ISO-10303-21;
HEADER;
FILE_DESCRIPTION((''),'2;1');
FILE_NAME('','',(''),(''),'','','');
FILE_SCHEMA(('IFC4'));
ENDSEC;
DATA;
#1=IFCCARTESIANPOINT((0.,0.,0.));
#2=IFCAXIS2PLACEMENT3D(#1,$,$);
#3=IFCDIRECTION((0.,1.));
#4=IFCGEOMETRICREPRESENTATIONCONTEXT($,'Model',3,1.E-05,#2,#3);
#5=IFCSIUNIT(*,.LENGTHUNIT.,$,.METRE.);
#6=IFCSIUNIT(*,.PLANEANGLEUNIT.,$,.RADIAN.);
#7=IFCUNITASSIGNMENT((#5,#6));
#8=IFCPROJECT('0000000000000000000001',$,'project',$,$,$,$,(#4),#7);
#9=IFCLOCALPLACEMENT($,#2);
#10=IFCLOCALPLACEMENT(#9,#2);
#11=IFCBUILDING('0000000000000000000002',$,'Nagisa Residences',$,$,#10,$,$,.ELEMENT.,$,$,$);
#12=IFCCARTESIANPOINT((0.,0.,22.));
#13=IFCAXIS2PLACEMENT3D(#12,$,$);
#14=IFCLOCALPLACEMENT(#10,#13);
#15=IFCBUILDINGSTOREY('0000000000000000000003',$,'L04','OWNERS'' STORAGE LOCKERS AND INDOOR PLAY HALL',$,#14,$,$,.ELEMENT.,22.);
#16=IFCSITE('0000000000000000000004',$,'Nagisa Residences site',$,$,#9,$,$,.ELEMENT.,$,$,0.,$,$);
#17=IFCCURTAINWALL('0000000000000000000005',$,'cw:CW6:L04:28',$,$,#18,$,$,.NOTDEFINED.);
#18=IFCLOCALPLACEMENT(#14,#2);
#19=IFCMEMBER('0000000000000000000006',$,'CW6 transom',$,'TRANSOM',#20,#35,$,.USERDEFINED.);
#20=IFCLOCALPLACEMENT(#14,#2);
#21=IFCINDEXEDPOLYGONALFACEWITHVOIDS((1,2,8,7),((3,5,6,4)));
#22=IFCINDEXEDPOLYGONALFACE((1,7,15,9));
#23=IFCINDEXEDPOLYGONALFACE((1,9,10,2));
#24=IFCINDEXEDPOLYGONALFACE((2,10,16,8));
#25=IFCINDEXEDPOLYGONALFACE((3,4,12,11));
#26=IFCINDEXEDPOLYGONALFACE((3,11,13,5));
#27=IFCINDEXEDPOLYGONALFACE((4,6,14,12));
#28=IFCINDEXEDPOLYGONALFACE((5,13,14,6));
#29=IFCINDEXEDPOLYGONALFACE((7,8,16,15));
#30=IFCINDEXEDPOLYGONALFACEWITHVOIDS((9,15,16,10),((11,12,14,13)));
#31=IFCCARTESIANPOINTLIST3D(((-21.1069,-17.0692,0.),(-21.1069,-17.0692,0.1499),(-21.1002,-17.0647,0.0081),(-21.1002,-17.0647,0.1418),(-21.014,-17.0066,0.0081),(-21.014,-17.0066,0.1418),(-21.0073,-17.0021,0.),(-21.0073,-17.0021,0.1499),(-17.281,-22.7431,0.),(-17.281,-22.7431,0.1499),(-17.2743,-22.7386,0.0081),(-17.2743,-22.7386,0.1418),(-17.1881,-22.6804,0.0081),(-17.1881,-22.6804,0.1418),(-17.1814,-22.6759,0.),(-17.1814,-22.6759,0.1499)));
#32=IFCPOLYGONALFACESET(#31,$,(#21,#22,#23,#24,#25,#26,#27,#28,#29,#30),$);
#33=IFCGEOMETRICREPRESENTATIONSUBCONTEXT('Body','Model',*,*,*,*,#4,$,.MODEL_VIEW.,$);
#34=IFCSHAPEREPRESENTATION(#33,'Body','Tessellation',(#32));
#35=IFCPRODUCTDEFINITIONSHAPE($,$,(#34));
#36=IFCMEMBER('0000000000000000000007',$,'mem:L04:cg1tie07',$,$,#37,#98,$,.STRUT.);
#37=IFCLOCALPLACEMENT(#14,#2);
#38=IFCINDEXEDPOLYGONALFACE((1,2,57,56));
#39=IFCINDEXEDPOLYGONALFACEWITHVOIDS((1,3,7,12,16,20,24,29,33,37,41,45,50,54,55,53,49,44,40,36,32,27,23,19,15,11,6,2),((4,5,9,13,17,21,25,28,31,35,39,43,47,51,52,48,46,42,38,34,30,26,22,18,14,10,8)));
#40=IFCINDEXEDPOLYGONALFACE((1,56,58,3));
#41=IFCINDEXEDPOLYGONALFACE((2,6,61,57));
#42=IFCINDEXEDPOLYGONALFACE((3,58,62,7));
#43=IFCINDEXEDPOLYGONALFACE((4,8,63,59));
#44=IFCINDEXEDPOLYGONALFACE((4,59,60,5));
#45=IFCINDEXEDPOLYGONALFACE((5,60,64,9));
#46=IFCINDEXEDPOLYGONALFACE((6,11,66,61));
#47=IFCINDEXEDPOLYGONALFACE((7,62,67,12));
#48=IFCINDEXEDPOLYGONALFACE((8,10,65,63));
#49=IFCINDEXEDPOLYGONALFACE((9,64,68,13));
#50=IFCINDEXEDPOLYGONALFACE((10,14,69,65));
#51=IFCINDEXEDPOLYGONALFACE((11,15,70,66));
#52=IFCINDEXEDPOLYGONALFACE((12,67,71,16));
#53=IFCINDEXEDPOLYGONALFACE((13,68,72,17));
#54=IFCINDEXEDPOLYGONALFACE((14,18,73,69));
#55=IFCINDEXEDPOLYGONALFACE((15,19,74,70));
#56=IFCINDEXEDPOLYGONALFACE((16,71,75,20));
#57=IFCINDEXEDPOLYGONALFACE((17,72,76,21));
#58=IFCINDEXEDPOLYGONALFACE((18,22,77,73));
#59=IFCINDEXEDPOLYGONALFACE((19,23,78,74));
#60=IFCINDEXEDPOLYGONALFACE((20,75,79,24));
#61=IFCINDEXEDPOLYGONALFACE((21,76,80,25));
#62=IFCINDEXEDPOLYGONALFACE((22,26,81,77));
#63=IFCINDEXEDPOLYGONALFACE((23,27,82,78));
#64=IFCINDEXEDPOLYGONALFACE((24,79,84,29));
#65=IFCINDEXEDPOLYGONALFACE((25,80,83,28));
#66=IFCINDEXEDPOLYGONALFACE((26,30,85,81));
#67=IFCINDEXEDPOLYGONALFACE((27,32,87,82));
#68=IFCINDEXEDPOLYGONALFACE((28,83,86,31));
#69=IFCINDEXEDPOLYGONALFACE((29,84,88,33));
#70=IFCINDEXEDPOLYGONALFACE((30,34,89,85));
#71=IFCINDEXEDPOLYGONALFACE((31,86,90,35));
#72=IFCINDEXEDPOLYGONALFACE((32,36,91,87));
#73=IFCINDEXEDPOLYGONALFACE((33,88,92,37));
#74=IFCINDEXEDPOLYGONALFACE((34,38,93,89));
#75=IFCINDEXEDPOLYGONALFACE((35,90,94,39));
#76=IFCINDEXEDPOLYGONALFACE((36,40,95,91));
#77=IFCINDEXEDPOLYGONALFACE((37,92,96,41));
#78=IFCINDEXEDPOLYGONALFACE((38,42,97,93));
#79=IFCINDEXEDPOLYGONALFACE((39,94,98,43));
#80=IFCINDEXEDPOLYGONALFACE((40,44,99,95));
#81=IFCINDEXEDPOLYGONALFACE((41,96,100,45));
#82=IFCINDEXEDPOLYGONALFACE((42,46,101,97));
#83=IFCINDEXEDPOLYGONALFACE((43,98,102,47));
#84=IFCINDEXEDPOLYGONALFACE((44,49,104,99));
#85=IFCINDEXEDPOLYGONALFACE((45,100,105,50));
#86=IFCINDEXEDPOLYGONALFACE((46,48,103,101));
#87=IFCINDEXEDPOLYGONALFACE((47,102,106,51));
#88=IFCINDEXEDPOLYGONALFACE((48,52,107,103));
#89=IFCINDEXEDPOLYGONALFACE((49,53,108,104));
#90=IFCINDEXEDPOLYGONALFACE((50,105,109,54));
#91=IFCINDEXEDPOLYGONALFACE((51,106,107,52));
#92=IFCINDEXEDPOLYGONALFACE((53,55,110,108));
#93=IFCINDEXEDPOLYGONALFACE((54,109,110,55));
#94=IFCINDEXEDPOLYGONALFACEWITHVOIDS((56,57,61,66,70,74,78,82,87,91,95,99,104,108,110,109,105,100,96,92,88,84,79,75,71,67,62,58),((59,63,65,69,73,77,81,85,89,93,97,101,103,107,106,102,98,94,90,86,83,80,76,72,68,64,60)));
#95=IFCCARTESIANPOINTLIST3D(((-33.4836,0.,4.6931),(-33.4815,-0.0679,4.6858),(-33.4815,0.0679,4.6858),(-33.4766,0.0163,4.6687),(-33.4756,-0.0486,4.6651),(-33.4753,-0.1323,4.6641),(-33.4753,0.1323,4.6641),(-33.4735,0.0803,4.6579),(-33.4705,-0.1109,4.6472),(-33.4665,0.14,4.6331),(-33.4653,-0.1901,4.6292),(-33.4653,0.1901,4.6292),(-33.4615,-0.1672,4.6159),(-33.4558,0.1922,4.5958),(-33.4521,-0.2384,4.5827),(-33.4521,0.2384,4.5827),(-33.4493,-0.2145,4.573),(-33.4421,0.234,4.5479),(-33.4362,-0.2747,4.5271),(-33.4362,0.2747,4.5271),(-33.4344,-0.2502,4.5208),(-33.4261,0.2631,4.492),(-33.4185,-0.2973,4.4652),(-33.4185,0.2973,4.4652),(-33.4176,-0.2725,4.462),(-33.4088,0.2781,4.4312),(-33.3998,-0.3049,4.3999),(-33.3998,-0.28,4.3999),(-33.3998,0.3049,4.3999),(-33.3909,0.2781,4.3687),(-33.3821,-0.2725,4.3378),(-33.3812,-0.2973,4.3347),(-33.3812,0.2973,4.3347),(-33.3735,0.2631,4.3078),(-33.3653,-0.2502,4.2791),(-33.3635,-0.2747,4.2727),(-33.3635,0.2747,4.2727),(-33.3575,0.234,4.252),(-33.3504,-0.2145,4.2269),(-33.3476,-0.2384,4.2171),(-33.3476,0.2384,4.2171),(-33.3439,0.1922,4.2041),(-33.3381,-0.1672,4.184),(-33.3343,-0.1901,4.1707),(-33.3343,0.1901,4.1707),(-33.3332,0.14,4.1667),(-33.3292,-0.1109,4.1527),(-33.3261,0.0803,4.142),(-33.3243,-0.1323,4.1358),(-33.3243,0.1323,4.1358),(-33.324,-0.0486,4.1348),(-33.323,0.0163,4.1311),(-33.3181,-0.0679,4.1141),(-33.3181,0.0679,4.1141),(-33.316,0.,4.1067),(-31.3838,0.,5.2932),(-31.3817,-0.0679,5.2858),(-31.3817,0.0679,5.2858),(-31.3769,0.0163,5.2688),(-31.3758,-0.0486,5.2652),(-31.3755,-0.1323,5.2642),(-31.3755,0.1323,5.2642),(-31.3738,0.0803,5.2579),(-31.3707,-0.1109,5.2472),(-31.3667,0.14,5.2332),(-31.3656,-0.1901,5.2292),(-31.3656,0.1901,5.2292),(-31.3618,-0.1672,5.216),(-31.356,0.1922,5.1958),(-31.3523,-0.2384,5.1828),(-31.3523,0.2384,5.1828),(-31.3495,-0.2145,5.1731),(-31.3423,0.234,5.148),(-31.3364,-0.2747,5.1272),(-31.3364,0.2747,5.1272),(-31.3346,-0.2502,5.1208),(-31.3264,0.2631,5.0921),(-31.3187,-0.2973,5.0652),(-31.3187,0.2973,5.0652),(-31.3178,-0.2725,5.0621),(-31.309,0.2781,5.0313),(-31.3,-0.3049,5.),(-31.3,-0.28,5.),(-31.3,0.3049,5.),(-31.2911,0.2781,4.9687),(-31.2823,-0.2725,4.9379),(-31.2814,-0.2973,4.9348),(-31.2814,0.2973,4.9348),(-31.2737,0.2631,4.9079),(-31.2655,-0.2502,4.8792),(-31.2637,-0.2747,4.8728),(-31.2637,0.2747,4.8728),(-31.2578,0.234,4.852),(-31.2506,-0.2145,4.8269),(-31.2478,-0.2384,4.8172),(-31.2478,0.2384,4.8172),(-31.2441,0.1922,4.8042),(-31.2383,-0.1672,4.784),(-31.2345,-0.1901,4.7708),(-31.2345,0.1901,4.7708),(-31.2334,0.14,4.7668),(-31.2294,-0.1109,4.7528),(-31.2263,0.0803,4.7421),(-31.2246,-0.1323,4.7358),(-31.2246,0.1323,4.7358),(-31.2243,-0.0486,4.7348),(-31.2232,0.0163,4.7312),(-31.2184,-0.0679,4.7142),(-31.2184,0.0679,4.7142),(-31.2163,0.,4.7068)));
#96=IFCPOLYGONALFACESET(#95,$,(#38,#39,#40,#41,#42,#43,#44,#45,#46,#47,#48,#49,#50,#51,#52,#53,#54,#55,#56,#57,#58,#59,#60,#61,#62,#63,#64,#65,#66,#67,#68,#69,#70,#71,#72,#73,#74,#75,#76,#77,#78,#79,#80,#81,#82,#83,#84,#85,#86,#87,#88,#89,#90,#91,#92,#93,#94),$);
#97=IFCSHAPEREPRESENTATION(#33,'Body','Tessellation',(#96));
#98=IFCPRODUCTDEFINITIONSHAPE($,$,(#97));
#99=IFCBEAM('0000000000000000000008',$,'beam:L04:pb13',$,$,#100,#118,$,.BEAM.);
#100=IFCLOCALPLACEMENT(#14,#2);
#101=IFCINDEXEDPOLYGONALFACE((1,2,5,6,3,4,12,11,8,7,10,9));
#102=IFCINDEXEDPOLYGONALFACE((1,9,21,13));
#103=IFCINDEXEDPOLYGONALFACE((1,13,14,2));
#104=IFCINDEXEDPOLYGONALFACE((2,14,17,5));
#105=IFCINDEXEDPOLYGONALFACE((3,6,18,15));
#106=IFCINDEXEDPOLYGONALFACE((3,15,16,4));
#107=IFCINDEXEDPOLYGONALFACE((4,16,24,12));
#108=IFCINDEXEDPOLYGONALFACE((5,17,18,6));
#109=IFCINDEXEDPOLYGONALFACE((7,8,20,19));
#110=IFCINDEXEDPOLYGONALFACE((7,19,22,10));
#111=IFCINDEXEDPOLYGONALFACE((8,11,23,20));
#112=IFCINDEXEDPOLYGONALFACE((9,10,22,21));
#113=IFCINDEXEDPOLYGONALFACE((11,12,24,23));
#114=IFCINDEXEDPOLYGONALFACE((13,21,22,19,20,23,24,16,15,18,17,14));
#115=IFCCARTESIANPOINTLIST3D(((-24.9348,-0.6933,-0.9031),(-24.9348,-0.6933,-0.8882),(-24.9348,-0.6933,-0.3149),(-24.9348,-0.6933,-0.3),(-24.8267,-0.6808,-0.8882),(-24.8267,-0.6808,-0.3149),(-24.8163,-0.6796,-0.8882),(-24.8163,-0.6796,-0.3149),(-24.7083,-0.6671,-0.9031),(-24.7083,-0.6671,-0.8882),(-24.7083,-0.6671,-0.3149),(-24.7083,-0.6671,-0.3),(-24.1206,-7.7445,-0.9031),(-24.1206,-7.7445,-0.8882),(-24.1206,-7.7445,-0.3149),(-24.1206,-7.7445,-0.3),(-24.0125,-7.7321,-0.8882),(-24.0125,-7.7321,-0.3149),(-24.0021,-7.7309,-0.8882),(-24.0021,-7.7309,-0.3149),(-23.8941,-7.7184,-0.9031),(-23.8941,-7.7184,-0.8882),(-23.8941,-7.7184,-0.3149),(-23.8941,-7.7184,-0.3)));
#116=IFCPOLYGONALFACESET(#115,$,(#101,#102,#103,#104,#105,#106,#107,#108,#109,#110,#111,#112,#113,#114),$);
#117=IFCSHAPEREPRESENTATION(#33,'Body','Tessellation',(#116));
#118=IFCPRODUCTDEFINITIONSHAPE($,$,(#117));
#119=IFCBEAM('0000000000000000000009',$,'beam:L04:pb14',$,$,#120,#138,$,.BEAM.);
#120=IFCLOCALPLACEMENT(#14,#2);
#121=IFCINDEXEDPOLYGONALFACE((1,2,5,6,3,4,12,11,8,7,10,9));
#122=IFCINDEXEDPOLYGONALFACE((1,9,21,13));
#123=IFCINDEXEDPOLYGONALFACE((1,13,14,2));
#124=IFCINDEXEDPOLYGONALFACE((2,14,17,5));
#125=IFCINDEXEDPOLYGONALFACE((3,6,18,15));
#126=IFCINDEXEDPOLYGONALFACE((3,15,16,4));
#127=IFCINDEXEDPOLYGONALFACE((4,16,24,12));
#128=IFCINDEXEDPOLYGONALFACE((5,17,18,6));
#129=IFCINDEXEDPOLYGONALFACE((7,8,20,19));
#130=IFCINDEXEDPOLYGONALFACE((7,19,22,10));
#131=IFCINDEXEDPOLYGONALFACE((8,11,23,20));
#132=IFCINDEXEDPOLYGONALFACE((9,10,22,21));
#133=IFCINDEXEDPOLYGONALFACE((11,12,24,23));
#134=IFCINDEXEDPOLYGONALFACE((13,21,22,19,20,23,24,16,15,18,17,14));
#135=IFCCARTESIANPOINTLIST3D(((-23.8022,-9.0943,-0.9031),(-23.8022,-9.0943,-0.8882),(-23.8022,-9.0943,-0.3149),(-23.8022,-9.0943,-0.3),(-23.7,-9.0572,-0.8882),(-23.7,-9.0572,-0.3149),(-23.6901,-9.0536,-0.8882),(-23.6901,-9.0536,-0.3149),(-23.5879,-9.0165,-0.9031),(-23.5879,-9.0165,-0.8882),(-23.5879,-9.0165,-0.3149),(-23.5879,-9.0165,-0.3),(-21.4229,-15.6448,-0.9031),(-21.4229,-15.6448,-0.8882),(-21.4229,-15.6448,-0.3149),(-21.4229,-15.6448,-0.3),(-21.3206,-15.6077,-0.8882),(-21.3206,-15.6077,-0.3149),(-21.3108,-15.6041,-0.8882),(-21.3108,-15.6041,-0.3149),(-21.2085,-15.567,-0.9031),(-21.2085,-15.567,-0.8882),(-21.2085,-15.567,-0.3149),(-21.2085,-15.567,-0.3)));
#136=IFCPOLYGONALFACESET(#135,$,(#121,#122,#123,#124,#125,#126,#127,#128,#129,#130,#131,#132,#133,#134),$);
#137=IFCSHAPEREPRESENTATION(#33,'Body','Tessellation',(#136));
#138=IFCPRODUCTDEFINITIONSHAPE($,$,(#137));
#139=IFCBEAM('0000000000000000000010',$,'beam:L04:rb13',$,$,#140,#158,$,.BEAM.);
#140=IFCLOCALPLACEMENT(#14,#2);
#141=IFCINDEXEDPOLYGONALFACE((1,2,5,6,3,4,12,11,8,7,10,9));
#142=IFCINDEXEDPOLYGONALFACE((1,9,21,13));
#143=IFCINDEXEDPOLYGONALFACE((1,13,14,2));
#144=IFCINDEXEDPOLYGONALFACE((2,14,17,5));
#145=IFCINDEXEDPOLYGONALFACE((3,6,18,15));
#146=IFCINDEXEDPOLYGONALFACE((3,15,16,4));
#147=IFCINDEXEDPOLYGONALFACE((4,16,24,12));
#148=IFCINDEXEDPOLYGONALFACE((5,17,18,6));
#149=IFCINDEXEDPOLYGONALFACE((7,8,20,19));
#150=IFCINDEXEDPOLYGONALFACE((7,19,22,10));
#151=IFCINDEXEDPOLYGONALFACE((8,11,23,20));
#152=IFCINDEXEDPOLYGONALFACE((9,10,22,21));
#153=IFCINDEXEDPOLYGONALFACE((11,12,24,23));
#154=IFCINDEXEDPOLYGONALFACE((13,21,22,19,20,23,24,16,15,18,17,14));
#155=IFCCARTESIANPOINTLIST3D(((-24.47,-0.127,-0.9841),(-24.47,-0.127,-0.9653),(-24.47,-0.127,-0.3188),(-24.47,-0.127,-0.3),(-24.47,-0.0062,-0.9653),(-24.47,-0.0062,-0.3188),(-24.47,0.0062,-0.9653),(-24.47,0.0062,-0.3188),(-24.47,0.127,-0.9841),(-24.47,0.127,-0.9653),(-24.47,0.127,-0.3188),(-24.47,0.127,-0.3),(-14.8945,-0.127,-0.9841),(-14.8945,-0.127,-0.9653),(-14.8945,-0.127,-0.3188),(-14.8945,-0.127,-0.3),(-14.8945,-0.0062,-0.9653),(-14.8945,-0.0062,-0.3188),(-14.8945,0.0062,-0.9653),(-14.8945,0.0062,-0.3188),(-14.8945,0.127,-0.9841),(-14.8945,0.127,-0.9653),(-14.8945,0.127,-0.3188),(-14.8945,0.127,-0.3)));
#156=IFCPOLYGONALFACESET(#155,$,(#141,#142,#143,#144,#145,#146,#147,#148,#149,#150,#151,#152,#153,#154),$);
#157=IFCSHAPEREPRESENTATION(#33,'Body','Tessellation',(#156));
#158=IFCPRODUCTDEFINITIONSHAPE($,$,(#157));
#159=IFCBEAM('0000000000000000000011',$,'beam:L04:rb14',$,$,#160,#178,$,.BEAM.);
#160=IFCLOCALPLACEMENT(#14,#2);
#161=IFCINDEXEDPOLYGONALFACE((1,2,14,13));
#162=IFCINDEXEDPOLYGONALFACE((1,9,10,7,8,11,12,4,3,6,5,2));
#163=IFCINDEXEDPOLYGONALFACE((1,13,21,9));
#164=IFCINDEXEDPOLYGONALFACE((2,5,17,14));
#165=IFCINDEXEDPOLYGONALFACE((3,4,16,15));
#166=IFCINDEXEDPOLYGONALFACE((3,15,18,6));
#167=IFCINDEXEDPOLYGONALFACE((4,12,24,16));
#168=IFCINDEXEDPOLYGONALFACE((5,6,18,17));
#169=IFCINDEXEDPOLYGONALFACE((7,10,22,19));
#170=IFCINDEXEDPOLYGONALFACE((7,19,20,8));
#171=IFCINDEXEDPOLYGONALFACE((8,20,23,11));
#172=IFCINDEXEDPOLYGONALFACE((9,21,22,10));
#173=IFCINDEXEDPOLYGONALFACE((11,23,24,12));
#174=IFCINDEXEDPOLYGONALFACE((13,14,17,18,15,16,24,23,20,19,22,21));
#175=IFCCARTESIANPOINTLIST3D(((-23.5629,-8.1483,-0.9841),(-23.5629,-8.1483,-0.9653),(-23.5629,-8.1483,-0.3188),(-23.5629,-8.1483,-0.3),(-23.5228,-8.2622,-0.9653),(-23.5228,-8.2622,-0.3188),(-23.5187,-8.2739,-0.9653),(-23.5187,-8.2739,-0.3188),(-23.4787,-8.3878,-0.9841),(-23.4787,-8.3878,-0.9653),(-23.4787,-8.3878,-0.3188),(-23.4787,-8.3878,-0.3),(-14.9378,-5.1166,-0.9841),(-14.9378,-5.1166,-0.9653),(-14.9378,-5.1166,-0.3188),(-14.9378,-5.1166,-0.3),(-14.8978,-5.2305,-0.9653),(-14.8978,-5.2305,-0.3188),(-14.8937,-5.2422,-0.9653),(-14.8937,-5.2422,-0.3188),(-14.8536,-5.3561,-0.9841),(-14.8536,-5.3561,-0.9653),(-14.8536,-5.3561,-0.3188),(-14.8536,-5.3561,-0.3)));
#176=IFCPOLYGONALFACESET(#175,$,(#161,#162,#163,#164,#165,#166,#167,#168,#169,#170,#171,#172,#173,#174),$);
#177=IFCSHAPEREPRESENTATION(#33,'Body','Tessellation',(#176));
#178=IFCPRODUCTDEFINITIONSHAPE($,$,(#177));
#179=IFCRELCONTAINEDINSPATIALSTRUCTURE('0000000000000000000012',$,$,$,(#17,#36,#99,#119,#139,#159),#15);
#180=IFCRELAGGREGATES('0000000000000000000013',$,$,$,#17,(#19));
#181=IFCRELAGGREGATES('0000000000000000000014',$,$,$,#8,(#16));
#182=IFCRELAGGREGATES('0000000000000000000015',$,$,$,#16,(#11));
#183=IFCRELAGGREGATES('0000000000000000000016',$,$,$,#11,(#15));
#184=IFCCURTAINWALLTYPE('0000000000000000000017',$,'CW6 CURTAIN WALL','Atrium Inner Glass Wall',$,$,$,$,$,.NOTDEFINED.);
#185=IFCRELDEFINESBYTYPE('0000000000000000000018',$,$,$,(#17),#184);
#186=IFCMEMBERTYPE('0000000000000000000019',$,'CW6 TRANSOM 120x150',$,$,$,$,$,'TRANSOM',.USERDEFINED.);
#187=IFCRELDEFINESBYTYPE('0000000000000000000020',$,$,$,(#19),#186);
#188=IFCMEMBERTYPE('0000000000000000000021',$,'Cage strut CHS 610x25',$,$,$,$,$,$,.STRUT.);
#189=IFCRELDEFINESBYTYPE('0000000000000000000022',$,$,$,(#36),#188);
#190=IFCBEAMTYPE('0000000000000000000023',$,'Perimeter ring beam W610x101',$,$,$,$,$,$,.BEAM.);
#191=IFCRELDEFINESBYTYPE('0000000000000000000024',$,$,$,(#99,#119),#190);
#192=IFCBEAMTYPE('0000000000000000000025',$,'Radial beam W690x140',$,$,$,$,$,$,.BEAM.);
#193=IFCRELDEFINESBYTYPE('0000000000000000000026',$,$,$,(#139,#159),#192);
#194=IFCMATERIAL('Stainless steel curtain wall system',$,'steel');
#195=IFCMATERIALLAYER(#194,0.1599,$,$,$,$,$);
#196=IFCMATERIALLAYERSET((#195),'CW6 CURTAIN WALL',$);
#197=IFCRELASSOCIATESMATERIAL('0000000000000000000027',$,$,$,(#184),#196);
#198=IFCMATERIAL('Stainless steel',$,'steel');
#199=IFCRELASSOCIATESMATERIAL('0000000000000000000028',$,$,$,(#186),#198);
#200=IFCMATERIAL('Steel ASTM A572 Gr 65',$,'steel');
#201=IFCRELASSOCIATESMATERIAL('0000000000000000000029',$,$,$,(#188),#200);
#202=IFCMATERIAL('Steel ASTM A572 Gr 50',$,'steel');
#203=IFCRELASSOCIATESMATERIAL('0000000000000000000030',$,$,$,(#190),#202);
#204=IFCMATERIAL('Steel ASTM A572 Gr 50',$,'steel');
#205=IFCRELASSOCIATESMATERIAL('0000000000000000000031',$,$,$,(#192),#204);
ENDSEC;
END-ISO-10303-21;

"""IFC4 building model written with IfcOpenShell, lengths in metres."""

from ifc_helpers import new_model, si_unit, direction, frame, origin, origin_2d, place, context, subcontext, project, spatial, hollow_rectangle, hollow_circle, i_section, extrude, material, layer, layer_set, material_profile, profile_set, type_object, element, aggregate, save


model = new_model("IFC4")

# Units and contexts
model_context = context("Model", 3, precision=1e-05, world=origin(), true_north=direction((0.0, 1.0)))
body_context = subcontext(model_context, "Body", "Model", "MODEL_VIEW")
ifc_project = project(units=[si_unit("LENGTHUNIT", "METRE"), si_unit("PLANEANGLEUNIT", "RADIAN")], contexts=[model_context])

# Site, building, storey
site_placement = place(None, origin())
site = spatial("IfcSite", under=ifc_project, at=site_placement, Name="Nagisa Residences site", CompositionType="ELEMENT", RefElevation=0.0)
building_placement = place(site_placement, origin())
building = spatial("IfcBuilding", under=site, at=building_placement, Name="Nagisa Residences", CompositionType="ELEMENT")
storey_placement = place(building_placement, frame((0.0, 0.0, 22.0)))
storey = spatial("IfcBuildingStorey", under=building, at=storey_placement, Name="L04", Description="OWNERS' STORAGE LOCKERS AND INDOOR PLAY HALL", CompositionType="ELEMENT", Elevation=22.0)

# Curtain wall
ifc_material_1 = material(Name="Stainless steel curtain wall system", Category="steel")
ifc_layer_1 = layer(ifc_material_1, 0.1599)
ifc_layer_set_1 = layer_set([ifc_layer_1], Name="CW6 CURTAIN WALL")
curtain_wall_type_1 = type_object("IfcCurtainWallType", Name="CW6 CURTAIN WALL", Description="Atrium Inner Glass Wall", PredefinedType="NOTDEFINED", material=ifc_layer_set_1)
curtain_wall_1_placement = place(storey_placement, origin())
curtain_wall_1 = element("IfcCurtainWall", 1, at=curtain_wall_1_placement, inside=storey, type_object=curtain_wall_type_1, Name="cw:CW6:L04:28", PredefinedType="NOTDEFINED")

# Members
ifc_material_2 = material(Name="Stainless steel", Category="steel")
ifc_material_profile_1 = material_profile(ifc_material_2, hollow_rectangle(XDim=0.1201, YDim=0.1499, WallThickness=0.0081, at=origin_2d()), Name="CW6 TRANSOM 120x150")
ifc_profile_set_1 = profile_set([ifc_material_profile_1], Name="Stainless steel")
member_type_1 = type_object("IfcMemberType", Name="CW6 TRANSOM 120x150", ElementType="TRANSOM", PredefinedType="USERDEFINED", material=ifc_profile_set_1)
member_1_placement = place(storey_placement, frame((-21.0571, -17.0356, 0.075), z_axis=(0.559081, -0.829113, 0.0), x_axis=(0.829113, 0.559081, 0.0)))
member_1 = element("IfcMember", 2, at=member_1_placement, type_object=member_type_1, Name="CW6 transom", ObjectType="TRANSOM", PredefinedType="USERDEFINED", context=body_context, shape_type="SweptSolid", body=[
    extrude(hollow_rectangle(XDim=0.1201, YDim=0.1499, WallThickness=0.0081, at=origin_2d()), origin(), (0.0, 0.0, 1.0), 6.8433),
])
aggregate(curtain_wall_1, [member_1])
ifc_material_3 = material(Name="Steel ASTM A572 Gr 65", Category="steel")
ifc_material_profile_2 = material_profile(ifc_material_3, hollow_circle(Radius=0.3049, WallThickness=0.0249, at=origin_2d()), Name="CHS 610x25")
ifc_profile_set_2 = profile_set([ifc_material_profile_2], Name="Steel ASTM A572 Gr 65")
member_type_2 = type_object("IfcMemberType", Name="Cage strut CHS 610x25", PredefinedType="STRUT", material=ifc_profile_set_2)
member_2_placement = place(storey_placement, frame((-31.3, 0.0, 5.0), z_axis=(-0.961507, 0.0, -0.27478), x_axis=(0.0, -1.0, 0.0)))
element("IfcMember", 3, at=member_2_placement, inside=storey, type_object=member_type_2, Name="mem:L04:cg1tie07", PredefinedType="STRUT", context=body_context, shape_type="SweptSolid", body=[
    extrude(hollow_circle(Radius=0.3049, WallThickness=0.0249, at=origin_2d()), origin(), (0.0, 0.0, 1.0), 2.1838),
])

# Beams
ifc_material_4 = material(Name="Steel ASTM A572 Gr 50", Category="steel")
ifc_material_profile_3 = material_profile(ifc_material_4, i_section(OverallWidth=0.228, OverallDepth=0.603, WebThickness=0.0105, FlangeThickness=0.0149, at=origin_2d()), Name="W610x101")
ifc_profile_set_3 = profile_set([ifc_material_profile_3], Name="Steel ASTM A572 Gr 50")
beam_type_1 = type_object("IfcBeamType", Name="Perimeter ring beam W610x101", PredefinedType="BEAM", material=ifc_profile_set_3)
beam_1_placement = place(storey_placement, frame((-24.8215, -0.6802, -0.6016), z_axis=(0.114708, -0.993399, 0.0), x_axis=(0.993399, 0.114708, 0.0)))
element("IfcBeam", 4, at=beam_1_placement, inside=storey, type_object=beam_type_1, Name="beam:L04:pb13", PredefinedType="BEAM", context=body_context, shape_type="SweptSolid", body=[
    extrude(i_section(OverallWidth=0.228, OverallDepth=0.603, WebThickness=0.0105, FlangeThickness=0.0149, at=origin_2d()), origin(), (0.0, 0.0, 1.0), 7.0981),
])
beam_2_placement = place(storey_placement, frame((-23.6951, -9.0554, -0.6016), z_axis=(0.341411, -0.939914, 0.0), x_axis=(0.939914, 0.341411, 0.0)))
element("IfcBeam", 5, at=beam_2_placement, inside=storey, type_object=beam_type_1, Name="beam:L04:pb14", PredefinedType="BEAM", context=body_context, shape_type="SweptSolid", body=[
    extrude(i_section(OverallWidth=0.228, OverallDepth=0.603, WebThickness=0.0105, FlangeThickness=0.0149, at=origin_2d()), origin(), (0.0, 0.0, 1.0), 6.9692),
])
ifc_material_5 = material(Name="Steel ASTM A572 Gr 50", Category="steel")
ifc_material_profile_4 = material_profile(ifc_material_5, i_section(OverallWidth=0.2539, OverallDepth=0.6841, WebThickness=0.0125, FlangeThickness=0.0188, at=origin_2d()), Name="W690x140")
ifc_profile_set_4 = profile_set([ifc_material_profile_4], Name="Steel ASTM A572 Gr 50")
beam_type_2 = type_object("IfcBeamType", Name="Radial beam W690x140", PredefinedType="BEAM", material=ifc_profile_set_4)
beam_3_placement = place(storey_placement, frame((-24.47, 0.0, -0.6421), z_axis=(1.0, 0.0, 0.0), x_axis=(0.0, 1.0, 0.0)))
element("IfcBeam", 6, at=beam_3_placement, inside=storey, type_object=beam_type_2, Name="beam:L04:rb13", PredefinedType="BEAM", context=body_context, shape_type="SweptSolid", body=[
    extrude(i_section(OverallWidth=0.2539, OverallDepth=0.6841, WebThickness=0.0125, FlangeThickness=0.0188, at=origin_2d()), origin(), (0.0, 0.0, 1.0), 9.5754),
])
beam_4_placement = place(storey_placement, frame((-23.5208, -8.2681, -0.6421), z_axis=(0.943415, 0.331616, 0.0), x_axis=(-0.331616, 0.943415, 0.0)))
element("IfcBeam", 7, at=beam_4_placement, inside=storey, type_object=beam_type_2, Name="beam:L04:rb14", PredefinedType="BEAM", context=body_context, shape_type="SweptSolid", body=[
    extrude(i_section(OverallWidth=0.2539, OverallDepth=0.6841, WebThickness=0.0125, FlangeThickness=0.0188, at=origin_2d()), origin(), (0.0, 0.0, 1.0), 9.1423),
])

save(model, "model.ifc")
